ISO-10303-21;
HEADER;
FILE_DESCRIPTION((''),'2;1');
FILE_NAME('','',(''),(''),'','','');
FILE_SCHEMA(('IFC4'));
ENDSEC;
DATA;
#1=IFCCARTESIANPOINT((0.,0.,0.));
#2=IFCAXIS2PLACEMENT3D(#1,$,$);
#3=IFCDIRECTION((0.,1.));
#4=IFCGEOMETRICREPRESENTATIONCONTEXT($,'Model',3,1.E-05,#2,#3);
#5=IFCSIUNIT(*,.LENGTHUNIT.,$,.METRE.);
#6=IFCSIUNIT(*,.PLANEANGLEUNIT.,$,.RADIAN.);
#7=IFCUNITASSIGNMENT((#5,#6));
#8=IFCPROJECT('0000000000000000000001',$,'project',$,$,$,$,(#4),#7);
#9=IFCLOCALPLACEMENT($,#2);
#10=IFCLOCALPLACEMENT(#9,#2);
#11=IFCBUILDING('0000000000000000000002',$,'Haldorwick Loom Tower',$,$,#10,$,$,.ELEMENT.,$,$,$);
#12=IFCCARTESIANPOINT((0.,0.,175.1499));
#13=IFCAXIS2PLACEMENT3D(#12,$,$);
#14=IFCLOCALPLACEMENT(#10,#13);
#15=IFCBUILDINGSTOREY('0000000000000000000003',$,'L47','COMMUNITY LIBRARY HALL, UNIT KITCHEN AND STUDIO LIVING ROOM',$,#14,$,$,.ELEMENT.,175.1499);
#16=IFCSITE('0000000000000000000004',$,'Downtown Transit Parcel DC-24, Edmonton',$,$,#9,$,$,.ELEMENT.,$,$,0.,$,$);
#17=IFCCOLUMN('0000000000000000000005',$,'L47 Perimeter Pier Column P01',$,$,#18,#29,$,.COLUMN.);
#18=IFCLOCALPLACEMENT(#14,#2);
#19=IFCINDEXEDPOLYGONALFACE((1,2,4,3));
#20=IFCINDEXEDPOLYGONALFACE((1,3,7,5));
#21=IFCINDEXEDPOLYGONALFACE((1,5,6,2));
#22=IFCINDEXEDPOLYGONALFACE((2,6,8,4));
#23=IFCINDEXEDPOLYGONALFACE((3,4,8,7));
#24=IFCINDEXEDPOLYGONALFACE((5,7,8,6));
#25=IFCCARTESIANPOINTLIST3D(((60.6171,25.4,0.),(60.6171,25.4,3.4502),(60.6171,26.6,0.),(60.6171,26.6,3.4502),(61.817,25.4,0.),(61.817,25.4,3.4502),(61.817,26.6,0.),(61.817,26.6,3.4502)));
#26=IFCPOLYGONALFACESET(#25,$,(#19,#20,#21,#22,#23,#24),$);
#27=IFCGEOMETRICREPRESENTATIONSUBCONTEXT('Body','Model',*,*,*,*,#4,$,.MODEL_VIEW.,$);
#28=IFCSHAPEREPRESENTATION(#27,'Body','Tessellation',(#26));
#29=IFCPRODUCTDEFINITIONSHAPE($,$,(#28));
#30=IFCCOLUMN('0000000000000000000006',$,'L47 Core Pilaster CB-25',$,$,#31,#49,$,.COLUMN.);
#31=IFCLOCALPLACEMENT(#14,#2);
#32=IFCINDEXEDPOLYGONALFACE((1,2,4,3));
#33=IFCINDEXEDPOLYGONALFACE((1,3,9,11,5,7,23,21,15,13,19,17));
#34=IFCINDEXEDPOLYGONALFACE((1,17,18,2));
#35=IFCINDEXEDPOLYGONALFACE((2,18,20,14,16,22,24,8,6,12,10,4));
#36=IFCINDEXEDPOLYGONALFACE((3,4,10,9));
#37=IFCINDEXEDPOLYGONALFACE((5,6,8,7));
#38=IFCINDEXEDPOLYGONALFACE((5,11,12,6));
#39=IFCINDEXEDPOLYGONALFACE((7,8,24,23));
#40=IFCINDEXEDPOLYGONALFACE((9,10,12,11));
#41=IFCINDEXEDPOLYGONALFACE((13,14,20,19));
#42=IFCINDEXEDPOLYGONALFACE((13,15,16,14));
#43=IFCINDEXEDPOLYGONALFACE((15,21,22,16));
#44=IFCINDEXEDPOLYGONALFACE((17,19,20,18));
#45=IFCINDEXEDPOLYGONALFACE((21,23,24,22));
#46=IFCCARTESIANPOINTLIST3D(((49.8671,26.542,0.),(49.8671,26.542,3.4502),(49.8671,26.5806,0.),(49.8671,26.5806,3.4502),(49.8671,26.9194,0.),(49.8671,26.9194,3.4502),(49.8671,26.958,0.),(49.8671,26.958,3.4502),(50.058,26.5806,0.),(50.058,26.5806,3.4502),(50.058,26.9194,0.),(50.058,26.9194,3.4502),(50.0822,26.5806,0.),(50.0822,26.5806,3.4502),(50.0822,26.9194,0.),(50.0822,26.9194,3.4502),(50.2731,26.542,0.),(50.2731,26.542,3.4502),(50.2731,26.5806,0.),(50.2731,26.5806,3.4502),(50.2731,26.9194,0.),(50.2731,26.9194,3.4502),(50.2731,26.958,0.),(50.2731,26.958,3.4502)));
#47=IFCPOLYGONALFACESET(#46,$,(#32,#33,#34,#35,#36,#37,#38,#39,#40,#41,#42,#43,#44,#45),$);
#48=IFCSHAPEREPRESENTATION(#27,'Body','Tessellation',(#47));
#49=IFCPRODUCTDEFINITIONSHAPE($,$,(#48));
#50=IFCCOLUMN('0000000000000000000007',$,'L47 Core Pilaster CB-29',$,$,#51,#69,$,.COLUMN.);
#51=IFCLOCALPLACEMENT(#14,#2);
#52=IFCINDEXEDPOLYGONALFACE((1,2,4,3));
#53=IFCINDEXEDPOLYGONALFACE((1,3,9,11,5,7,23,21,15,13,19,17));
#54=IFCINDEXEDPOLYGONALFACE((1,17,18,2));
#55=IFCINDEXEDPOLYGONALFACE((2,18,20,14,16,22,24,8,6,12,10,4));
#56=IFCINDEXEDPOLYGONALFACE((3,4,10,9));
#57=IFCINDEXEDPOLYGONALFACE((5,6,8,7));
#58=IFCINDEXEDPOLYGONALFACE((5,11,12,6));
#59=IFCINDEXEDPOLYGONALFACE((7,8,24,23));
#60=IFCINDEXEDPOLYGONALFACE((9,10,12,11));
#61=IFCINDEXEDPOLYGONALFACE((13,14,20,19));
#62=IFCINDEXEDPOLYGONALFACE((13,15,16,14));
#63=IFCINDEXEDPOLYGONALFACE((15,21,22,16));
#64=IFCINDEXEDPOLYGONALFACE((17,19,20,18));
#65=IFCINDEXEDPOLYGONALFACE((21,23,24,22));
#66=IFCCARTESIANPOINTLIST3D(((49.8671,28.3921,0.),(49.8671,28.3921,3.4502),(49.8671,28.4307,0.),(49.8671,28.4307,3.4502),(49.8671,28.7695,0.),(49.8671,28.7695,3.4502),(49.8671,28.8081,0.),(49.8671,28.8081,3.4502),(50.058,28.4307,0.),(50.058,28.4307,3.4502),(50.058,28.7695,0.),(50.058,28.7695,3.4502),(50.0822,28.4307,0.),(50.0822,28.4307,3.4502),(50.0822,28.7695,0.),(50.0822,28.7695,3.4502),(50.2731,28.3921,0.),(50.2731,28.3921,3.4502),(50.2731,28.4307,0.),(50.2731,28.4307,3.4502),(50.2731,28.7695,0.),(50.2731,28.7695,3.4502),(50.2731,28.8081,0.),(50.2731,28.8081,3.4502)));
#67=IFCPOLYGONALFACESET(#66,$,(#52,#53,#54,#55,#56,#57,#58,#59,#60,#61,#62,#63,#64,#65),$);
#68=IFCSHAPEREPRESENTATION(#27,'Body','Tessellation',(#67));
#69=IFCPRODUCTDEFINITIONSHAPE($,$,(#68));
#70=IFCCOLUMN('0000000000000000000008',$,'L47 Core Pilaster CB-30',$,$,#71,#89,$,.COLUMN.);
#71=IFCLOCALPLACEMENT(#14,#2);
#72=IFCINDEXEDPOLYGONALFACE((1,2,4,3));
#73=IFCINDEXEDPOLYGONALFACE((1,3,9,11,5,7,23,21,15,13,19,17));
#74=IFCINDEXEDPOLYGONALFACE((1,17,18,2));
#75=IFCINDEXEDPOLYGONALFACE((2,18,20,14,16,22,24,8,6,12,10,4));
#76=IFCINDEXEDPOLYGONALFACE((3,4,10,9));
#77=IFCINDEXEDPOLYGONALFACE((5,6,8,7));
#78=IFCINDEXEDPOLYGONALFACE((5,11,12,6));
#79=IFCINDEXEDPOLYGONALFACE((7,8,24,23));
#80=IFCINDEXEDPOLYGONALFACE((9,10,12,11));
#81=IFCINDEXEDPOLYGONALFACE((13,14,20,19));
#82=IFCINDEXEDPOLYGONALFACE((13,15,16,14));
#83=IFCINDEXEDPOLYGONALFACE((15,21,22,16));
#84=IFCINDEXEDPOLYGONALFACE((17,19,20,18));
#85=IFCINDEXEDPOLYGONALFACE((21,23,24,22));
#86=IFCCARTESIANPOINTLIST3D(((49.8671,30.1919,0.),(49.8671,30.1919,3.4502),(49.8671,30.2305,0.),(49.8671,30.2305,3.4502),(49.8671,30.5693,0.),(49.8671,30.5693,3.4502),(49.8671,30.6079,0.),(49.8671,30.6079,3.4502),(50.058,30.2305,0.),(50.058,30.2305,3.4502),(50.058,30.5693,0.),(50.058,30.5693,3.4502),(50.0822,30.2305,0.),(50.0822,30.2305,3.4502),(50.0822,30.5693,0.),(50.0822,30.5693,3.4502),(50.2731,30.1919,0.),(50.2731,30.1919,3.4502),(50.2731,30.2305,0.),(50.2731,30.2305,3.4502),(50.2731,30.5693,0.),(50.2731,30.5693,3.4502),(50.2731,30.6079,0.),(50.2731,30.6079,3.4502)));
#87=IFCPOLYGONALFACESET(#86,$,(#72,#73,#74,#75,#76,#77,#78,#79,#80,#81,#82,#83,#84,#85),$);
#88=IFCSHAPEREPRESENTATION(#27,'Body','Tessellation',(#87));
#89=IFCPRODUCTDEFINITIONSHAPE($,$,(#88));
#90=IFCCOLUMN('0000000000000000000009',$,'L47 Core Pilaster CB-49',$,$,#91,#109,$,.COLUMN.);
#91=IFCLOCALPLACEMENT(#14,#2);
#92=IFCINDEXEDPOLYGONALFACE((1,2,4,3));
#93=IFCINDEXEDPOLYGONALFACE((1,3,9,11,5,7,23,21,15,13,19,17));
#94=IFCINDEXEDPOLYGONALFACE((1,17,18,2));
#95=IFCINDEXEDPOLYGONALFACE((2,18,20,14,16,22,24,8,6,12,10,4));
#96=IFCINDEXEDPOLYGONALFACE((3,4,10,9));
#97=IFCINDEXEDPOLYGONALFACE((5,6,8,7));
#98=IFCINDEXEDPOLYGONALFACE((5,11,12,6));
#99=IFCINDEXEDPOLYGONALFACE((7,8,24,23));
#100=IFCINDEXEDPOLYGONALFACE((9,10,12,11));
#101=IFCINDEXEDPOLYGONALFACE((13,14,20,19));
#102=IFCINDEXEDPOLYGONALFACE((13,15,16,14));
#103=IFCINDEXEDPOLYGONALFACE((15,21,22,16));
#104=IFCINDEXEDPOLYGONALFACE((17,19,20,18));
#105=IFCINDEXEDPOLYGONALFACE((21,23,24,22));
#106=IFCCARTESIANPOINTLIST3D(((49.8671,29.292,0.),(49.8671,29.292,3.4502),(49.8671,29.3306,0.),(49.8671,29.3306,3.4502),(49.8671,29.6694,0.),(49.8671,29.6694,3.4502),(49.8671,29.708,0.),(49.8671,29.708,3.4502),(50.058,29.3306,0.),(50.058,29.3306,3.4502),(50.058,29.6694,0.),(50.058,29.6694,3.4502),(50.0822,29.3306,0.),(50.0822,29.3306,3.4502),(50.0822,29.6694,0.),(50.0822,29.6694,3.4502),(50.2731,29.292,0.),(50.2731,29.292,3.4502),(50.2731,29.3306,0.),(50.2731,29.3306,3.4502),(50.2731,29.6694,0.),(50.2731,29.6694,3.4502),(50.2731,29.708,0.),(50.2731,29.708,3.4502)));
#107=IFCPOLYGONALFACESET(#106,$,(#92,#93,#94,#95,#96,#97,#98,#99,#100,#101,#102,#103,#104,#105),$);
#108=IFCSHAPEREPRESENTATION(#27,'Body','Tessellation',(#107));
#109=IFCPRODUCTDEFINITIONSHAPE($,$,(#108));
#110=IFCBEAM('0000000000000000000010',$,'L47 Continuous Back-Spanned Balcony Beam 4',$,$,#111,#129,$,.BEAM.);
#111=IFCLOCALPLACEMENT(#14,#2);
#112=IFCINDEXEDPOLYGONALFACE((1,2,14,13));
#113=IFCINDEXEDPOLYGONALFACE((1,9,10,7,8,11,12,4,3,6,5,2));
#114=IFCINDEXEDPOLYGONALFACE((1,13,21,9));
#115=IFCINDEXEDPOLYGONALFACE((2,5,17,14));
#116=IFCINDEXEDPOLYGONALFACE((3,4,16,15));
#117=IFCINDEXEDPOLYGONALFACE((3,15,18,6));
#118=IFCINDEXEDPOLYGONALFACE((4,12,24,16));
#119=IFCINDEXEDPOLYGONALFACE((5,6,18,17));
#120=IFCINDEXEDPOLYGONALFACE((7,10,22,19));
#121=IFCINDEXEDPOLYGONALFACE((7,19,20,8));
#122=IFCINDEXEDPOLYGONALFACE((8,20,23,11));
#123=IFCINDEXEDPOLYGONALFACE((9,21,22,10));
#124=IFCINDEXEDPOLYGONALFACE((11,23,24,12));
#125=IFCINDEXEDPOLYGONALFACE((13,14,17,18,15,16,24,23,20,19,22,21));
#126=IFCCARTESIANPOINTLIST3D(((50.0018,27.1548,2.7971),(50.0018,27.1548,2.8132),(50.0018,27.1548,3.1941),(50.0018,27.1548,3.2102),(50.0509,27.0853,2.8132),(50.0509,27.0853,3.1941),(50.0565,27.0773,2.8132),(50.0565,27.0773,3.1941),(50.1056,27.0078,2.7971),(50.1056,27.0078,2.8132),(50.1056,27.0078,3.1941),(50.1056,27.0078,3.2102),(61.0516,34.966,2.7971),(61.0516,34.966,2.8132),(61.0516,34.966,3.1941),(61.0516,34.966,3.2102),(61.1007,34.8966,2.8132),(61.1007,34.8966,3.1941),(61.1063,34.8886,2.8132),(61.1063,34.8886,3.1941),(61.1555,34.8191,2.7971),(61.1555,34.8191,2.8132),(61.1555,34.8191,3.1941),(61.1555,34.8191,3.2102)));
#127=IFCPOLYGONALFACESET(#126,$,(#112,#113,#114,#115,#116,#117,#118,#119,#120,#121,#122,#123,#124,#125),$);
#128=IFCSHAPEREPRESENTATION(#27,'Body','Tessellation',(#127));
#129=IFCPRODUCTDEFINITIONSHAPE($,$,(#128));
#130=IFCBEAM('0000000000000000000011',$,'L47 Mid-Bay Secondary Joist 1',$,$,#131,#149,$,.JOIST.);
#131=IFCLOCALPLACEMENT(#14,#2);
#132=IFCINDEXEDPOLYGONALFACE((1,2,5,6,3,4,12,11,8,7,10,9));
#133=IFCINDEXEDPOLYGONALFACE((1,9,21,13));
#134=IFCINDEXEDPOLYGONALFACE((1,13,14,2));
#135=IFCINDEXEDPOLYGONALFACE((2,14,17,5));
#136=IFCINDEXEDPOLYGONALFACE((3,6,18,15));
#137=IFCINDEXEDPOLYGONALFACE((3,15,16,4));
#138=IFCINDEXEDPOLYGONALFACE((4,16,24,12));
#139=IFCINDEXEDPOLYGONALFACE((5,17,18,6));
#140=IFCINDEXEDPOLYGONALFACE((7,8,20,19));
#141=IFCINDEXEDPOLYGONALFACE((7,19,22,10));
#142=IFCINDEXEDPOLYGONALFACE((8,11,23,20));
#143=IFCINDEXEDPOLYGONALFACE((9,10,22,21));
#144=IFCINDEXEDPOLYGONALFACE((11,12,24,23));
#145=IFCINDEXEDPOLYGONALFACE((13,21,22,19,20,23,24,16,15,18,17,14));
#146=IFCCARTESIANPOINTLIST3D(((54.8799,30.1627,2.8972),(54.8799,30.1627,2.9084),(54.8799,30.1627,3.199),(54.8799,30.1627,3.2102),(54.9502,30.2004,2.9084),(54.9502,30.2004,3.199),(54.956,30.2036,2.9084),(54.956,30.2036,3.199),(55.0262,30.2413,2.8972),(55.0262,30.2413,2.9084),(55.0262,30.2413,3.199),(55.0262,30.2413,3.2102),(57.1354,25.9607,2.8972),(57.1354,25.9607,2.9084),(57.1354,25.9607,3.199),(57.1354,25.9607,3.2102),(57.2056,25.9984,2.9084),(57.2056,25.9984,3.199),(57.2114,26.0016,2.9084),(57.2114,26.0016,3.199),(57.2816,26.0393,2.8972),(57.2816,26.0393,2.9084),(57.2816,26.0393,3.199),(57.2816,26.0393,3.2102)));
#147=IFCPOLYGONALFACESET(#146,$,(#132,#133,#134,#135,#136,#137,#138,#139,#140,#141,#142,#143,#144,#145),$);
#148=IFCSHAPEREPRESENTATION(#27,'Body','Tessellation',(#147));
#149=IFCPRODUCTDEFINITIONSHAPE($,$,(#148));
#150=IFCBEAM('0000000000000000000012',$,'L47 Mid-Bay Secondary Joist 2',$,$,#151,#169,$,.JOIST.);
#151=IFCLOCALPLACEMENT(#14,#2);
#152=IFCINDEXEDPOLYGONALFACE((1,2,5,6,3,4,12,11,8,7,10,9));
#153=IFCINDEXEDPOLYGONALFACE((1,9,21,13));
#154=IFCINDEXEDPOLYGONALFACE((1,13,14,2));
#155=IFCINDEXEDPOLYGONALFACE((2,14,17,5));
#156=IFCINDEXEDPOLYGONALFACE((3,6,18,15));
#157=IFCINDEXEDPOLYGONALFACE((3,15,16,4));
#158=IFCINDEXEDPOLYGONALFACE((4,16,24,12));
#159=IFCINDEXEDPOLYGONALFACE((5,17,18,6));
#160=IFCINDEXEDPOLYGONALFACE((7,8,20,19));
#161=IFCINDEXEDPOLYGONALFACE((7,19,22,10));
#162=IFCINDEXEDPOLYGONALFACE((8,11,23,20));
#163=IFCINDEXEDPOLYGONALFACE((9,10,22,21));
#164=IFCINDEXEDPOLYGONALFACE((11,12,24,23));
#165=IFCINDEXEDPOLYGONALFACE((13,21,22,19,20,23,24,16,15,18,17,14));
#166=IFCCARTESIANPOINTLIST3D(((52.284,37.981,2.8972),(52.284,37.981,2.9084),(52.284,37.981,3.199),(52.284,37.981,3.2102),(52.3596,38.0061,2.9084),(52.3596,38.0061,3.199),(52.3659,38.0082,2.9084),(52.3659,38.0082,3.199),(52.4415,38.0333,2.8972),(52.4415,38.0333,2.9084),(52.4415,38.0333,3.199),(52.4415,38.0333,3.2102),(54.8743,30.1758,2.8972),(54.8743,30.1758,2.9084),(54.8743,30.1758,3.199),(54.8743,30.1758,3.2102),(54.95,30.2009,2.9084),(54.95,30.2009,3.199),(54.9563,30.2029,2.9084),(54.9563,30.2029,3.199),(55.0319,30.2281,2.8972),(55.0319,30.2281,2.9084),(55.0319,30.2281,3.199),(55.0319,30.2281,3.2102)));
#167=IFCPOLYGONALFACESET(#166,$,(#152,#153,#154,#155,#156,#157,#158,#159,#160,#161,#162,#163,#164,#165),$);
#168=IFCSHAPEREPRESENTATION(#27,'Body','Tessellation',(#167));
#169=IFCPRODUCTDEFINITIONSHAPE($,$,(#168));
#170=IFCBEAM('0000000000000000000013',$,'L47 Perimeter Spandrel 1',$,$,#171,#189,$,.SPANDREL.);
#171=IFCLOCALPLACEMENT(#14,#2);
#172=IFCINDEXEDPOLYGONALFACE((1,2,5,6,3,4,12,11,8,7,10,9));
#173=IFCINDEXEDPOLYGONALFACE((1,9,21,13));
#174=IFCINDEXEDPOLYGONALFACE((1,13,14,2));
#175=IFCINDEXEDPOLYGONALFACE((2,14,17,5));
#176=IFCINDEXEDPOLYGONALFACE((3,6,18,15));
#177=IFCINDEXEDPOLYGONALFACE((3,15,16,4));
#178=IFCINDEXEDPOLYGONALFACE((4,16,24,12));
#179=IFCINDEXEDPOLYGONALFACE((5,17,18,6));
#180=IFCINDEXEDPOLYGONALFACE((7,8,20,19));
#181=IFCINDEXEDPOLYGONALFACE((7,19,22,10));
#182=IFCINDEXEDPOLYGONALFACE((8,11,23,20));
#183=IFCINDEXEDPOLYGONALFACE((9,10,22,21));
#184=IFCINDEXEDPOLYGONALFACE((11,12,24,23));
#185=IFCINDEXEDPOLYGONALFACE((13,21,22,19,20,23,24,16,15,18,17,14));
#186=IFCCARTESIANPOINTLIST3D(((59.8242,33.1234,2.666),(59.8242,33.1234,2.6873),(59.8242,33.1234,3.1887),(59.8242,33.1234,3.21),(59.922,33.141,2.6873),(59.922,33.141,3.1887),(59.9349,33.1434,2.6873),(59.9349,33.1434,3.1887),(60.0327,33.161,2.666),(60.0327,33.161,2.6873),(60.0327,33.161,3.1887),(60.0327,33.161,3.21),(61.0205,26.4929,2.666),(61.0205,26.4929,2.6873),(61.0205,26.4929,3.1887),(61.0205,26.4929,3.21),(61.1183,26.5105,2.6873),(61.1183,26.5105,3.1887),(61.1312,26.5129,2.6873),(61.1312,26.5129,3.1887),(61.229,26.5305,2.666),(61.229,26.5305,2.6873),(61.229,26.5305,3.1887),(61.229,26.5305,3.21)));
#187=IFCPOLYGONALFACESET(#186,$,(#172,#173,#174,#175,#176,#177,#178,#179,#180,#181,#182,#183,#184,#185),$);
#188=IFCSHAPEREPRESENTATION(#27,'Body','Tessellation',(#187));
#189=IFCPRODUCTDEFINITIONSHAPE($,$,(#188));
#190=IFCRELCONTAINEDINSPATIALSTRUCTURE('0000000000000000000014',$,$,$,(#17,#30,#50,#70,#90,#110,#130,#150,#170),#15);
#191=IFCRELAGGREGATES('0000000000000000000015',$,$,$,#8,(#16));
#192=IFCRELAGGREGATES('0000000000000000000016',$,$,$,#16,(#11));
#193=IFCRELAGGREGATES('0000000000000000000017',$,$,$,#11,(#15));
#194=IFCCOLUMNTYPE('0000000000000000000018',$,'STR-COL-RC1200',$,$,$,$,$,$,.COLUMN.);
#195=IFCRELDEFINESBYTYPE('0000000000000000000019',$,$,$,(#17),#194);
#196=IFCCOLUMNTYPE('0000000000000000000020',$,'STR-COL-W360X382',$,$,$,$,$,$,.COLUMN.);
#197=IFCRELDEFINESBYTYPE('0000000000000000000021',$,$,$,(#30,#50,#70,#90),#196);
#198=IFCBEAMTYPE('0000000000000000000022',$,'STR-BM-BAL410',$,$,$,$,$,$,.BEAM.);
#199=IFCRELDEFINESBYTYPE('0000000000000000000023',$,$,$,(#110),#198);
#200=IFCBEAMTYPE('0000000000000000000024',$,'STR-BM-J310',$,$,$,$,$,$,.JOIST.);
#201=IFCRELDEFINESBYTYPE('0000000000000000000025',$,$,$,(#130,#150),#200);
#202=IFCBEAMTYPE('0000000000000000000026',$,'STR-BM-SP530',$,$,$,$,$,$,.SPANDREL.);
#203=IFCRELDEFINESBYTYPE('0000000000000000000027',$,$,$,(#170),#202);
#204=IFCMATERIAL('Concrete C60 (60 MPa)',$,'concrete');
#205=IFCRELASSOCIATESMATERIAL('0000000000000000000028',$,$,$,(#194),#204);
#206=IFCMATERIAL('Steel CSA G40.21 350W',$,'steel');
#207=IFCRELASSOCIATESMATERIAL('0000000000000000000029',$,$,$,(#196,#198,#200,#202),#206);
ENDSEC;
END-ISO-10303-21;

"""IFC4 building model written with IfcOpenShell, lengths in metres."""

from ifc_helpers import new_model, si_unit, direction, frame, origin, origin_2d, place, context, subcontext, project, spatial, rectangle, i_section, extrude, material, material_profile, profile_set, type_object, element, save


model = new_model("IFC4")

# Units and contexts
model_context = context("Model", 3, precision=1e-05, world=origin(), true_north=direction((0.0, 1.0)))
body_context = subcontext(model_context, "Body", "Model", "MODEL_VIEW")
ifc_project = project(units=[si_unit("LENGTHUNIT", "METRE"), si_unit("PLANEANGLEUNIT", "RADIAN")], contexts=[model_context])

# Site, building, storey
site_placement = place(None, origin())
site = spatial("IfcSite", under=ifc_project, at=site_placement, Name="Downtown Transit Parcel DC-24, Edmonton", CompositionType="ELEMENT", RefElevation=0.0)
building_placement = place(site_placement, origin())
building = spatial("IfcBuilding", under=site, at=building_placement, Name="Haldorwick Loom Tower", CompositionType="ELEMENT")
storey_placement = place(building_placement, frame((0.0, 0.0, 175.1499)))
storey = spatial("IfcBuildingStorey", under=building, at=storey_placement, Name="L47", Description="COMMUNITY LIBRARY HALL, UNIT KITCHEN AND STUDIO LIVING ROOM", CompositionType="ELEMENT", Elevation=175.1499)

# Columns
ifc_material_1 = material(Name="Concrete C60 (60 MPa)", Category="concrete")
ifc_material_profile_1 = material_profile(ifc_material_1, rectangle(XDim=1.2, YDim=1.2, at=origin_2d()), Name="RC1200X1200", Category="concrete")
ifc_profile_set_1 = profile_set([ifc_material_profile_1], Name="Concrete C60 (60 MPa)")
column_type_1 = type_object("IfcColumnType", Name="STR-COL-RC1200", PredefinedType="COLUMN", material=ifc_profile_set_1)
column_placement = place(storey_placement, frame((61.217, 26.0, 0.0), z_axis=(0.0, 0.0, 1.0), x_axis=(1.0, 0.0, 0.0)))
element("IfcColumn", 1, at=column_placement, inside=storey, type_object=column_type_1, Name="L47 Perimeter Pier Column P01", PredefinedType="COLUMN", context=body_context, shape_type="SweptSolid", body=[
    extrude(rectangle(XDim=1.2, YDim=1.2, at=origin_2d()), origin(), (0.0, 0.0, 1.0), 3.4502),
])
ifc_material_2 = material(Name="Steel CSA G40.21 350W", Category="steel")
ifc_material_profile_2 = material_profile(ifc_material_2, i_section(OverallWidth=0.406, OverallDepth=0.416, WebThickness=0.0242, FlangeThickness=0.0386, at=origin_2d()), Name="W360X382", Category="steel")
ifc_profile_set_2 = profile_set([ifc_material_profile_2], Name="Steel CSA G40.21 350W")
column_type_2 = type_object("IfcColumnType", Name="STR-COL-W360X382", PredefinedType="COLUMN", material=ifc_profile_set_2)
for number, where, z_axis, x_axis, name in (
    (2, (50.0701, 26.75, 0.0), (0.0, 0.0, 1.0), (1.0, 0.0, 0.0), "L47 Core Pilaster CB-25"),
    (3, (50.0701, 28.6001, 0.0), (0.0, 0.0, 1.0), (1.0, 0.0, 0.0), "L47 Core Pilaster CB-29"),
    (4, (50.0701, 30.3999, 0.0), (0.0, 0.0, 1.0), (1.0, 0.0, 0.0), "L47 Core Pilaster CB-30"),
    (5, (50.0701, 29.5, 0.0), (0.0, 0.0, 1.0), (1.0, 0.0, 0.0), "L47 Core Pilaster CB-49"),
):
    element("IfcColumn", number, at=place(storey_placement, frame(where, z_axis=z_axis, x_axis=x_axis)), inside=storey, type_object=column_type_2, Name=name, PredefinedType="COLUMN", context=body_context, shape_type="SweptSolid", body=[
        extrude(i_section(OverallWidth=0.406, OverallDepth=0.416, WebThickness=0.0242, FlangeThickness=0.0386, at=origin_2d()), origin(), (0.0, 0.0, 1.0), 3.4502),
    ])

# Beams
ifc_material_profile_3 = material_profile(ifc_material_2, i_section(OverallWidth=0.1799, OverallDepth=0.4131, WebThickness=0.0098, FlangeThickness=0.0161, at=origin_2d()), Name="W410X74", Category="steel")
ifc_profile_set_3 = profile_set([ifc_material_profile_3], Name="Steel CSA G40.21 350W")
beam_type_1 = type_object("IfcBeamType", Name="STR-BM-BAL410", PredefinedType="BEAM", material=ifc_profile_set_3)
beam_1_placement = place(storey_placement, frame((50.0537, 27.0813, 3.0037), z_axis=(0.81657, 0.577246, 0.0), x_axis=(-0.577246, 0.81657, 0.0)))
element("IfcBeam", 6, at=beam_1_placement, inside=storey, type_object=beam_type_1, Name="L47 Continuous Back-Spanned Balcony Beam 4", PredefinedType="BEAM", context=body_context, shape_type="SweptSolid", body=[
    extrude(i_section(OverallWidth=0.1799, OverallDepth=0.4131, WebThickness=0.0098, FlangeThickness=0.0161, at=origin_2d()), origin(), (0.0, 0.0, 1.0), 13.532),
])
ifc_material_profile_4 = material_profile(ifc_material_2, i_section(OverallWidth=0.166, OverallDepth=0.313, WebThickness=0.0066, FlangeThickness=0.0112, at=origin_2d()), Name="W310X45", Category="steel")
ifc_profile_set_4 = profile_set([ifc_material_profile_4], Name="Steel CSA G40.21 350W")
beam_type_2 = type_object("IfcBeamType", Name="STR-BM-J310", PredefinedType="JOIST", material=ifc_profile_set_4)
beam_2_placement = place(storey_placement, frame((57.2085, 26.0, 3.0537), z_axis=(-0.47293, 0.8811, 0.0), x_axis=(-0.8811, -0.47293, 0.0)))
element("IfcBeam", 7, at=beam_2_placement, inside=storey, type_object=beam_type_2, Name="L47 Mid-Bay Secondary Joist 1", PredefinedType="JOIST", context=body_context, shape_type="SweptSolid", body=[
    extrude(i_section(OverallWidth=0.166, OverallDepth=0.313, WebThickness=0.0066, FlangeThickness=0.0112, at=origin_2d()), origin(), (0.0, 0.0, 1.0), 4.769),
])
beam_3_placement = place(storey_placement, frame((54.9531, 30.2019, 3.0537), z_axis=(-0.314981, 0.949098, 0.0), x_axis=(-0.949098, -0.314981, 0.0)))
element("IfcBeam", 8, at=beam_3_placement, inside=storey, type_object=beam_type_2, Name="L47 Mid-Bay Secondary Joist 2", PredefinedType="JOIST", context=body_context, shape_type="SweptSolid", body=[
    extrude(i_section(OverallWidth=0.166, OverallDepth=0.313, WebThickness=0.0066, FlangeThickness=0.0112, at=origin_2d()), origin(), (0.0, 0.0, 1.0), 8.2239),
])
ifc_material_profile_5 = material_profile(ifc_material_2, i_section(OverallWidth=0.2119, OverallDepth=0.5439, WebThickness=0.0132, FlangeThickness=0.0212, at=origin_2d()), Name="W530X123", Category="steel")
ifc_profile_set_5 = profile_set([ifc_material_profile_5], Name="Steel CSA G40.21 350W")
beam_type_3 = type_object("IfcBeamType", Name="STR-BM-SP530", PredefinedType="SPANDREL", material=ifc_profile_set_5)
beam_4_placement = place(storey_placement, frame((61.1248, 26.5117, 2.938), z_axis=(-0.177559, 0.98411, 0.0), x_axis=(-0.98411, -0.177559, 0.0)))
element("IfcBeam", 9, at=beam_4_placement, inside=storey, type_object=beam_type_3, Name="L47 Perimeter Spandrel 1", PredefinedType="SPANDREL", context=body_context, shape_type="SweptSolid", body=[
    extrude(i_section(OverallWidth=0.2119, OverallDepth=0.5439, WebThickness=0.0132, FlangeThickness=0.0212, at=origin_2d()), origin(), (0.0, 0.0, 1.0), 6.7375),
])

save(model, "model.ifc")
